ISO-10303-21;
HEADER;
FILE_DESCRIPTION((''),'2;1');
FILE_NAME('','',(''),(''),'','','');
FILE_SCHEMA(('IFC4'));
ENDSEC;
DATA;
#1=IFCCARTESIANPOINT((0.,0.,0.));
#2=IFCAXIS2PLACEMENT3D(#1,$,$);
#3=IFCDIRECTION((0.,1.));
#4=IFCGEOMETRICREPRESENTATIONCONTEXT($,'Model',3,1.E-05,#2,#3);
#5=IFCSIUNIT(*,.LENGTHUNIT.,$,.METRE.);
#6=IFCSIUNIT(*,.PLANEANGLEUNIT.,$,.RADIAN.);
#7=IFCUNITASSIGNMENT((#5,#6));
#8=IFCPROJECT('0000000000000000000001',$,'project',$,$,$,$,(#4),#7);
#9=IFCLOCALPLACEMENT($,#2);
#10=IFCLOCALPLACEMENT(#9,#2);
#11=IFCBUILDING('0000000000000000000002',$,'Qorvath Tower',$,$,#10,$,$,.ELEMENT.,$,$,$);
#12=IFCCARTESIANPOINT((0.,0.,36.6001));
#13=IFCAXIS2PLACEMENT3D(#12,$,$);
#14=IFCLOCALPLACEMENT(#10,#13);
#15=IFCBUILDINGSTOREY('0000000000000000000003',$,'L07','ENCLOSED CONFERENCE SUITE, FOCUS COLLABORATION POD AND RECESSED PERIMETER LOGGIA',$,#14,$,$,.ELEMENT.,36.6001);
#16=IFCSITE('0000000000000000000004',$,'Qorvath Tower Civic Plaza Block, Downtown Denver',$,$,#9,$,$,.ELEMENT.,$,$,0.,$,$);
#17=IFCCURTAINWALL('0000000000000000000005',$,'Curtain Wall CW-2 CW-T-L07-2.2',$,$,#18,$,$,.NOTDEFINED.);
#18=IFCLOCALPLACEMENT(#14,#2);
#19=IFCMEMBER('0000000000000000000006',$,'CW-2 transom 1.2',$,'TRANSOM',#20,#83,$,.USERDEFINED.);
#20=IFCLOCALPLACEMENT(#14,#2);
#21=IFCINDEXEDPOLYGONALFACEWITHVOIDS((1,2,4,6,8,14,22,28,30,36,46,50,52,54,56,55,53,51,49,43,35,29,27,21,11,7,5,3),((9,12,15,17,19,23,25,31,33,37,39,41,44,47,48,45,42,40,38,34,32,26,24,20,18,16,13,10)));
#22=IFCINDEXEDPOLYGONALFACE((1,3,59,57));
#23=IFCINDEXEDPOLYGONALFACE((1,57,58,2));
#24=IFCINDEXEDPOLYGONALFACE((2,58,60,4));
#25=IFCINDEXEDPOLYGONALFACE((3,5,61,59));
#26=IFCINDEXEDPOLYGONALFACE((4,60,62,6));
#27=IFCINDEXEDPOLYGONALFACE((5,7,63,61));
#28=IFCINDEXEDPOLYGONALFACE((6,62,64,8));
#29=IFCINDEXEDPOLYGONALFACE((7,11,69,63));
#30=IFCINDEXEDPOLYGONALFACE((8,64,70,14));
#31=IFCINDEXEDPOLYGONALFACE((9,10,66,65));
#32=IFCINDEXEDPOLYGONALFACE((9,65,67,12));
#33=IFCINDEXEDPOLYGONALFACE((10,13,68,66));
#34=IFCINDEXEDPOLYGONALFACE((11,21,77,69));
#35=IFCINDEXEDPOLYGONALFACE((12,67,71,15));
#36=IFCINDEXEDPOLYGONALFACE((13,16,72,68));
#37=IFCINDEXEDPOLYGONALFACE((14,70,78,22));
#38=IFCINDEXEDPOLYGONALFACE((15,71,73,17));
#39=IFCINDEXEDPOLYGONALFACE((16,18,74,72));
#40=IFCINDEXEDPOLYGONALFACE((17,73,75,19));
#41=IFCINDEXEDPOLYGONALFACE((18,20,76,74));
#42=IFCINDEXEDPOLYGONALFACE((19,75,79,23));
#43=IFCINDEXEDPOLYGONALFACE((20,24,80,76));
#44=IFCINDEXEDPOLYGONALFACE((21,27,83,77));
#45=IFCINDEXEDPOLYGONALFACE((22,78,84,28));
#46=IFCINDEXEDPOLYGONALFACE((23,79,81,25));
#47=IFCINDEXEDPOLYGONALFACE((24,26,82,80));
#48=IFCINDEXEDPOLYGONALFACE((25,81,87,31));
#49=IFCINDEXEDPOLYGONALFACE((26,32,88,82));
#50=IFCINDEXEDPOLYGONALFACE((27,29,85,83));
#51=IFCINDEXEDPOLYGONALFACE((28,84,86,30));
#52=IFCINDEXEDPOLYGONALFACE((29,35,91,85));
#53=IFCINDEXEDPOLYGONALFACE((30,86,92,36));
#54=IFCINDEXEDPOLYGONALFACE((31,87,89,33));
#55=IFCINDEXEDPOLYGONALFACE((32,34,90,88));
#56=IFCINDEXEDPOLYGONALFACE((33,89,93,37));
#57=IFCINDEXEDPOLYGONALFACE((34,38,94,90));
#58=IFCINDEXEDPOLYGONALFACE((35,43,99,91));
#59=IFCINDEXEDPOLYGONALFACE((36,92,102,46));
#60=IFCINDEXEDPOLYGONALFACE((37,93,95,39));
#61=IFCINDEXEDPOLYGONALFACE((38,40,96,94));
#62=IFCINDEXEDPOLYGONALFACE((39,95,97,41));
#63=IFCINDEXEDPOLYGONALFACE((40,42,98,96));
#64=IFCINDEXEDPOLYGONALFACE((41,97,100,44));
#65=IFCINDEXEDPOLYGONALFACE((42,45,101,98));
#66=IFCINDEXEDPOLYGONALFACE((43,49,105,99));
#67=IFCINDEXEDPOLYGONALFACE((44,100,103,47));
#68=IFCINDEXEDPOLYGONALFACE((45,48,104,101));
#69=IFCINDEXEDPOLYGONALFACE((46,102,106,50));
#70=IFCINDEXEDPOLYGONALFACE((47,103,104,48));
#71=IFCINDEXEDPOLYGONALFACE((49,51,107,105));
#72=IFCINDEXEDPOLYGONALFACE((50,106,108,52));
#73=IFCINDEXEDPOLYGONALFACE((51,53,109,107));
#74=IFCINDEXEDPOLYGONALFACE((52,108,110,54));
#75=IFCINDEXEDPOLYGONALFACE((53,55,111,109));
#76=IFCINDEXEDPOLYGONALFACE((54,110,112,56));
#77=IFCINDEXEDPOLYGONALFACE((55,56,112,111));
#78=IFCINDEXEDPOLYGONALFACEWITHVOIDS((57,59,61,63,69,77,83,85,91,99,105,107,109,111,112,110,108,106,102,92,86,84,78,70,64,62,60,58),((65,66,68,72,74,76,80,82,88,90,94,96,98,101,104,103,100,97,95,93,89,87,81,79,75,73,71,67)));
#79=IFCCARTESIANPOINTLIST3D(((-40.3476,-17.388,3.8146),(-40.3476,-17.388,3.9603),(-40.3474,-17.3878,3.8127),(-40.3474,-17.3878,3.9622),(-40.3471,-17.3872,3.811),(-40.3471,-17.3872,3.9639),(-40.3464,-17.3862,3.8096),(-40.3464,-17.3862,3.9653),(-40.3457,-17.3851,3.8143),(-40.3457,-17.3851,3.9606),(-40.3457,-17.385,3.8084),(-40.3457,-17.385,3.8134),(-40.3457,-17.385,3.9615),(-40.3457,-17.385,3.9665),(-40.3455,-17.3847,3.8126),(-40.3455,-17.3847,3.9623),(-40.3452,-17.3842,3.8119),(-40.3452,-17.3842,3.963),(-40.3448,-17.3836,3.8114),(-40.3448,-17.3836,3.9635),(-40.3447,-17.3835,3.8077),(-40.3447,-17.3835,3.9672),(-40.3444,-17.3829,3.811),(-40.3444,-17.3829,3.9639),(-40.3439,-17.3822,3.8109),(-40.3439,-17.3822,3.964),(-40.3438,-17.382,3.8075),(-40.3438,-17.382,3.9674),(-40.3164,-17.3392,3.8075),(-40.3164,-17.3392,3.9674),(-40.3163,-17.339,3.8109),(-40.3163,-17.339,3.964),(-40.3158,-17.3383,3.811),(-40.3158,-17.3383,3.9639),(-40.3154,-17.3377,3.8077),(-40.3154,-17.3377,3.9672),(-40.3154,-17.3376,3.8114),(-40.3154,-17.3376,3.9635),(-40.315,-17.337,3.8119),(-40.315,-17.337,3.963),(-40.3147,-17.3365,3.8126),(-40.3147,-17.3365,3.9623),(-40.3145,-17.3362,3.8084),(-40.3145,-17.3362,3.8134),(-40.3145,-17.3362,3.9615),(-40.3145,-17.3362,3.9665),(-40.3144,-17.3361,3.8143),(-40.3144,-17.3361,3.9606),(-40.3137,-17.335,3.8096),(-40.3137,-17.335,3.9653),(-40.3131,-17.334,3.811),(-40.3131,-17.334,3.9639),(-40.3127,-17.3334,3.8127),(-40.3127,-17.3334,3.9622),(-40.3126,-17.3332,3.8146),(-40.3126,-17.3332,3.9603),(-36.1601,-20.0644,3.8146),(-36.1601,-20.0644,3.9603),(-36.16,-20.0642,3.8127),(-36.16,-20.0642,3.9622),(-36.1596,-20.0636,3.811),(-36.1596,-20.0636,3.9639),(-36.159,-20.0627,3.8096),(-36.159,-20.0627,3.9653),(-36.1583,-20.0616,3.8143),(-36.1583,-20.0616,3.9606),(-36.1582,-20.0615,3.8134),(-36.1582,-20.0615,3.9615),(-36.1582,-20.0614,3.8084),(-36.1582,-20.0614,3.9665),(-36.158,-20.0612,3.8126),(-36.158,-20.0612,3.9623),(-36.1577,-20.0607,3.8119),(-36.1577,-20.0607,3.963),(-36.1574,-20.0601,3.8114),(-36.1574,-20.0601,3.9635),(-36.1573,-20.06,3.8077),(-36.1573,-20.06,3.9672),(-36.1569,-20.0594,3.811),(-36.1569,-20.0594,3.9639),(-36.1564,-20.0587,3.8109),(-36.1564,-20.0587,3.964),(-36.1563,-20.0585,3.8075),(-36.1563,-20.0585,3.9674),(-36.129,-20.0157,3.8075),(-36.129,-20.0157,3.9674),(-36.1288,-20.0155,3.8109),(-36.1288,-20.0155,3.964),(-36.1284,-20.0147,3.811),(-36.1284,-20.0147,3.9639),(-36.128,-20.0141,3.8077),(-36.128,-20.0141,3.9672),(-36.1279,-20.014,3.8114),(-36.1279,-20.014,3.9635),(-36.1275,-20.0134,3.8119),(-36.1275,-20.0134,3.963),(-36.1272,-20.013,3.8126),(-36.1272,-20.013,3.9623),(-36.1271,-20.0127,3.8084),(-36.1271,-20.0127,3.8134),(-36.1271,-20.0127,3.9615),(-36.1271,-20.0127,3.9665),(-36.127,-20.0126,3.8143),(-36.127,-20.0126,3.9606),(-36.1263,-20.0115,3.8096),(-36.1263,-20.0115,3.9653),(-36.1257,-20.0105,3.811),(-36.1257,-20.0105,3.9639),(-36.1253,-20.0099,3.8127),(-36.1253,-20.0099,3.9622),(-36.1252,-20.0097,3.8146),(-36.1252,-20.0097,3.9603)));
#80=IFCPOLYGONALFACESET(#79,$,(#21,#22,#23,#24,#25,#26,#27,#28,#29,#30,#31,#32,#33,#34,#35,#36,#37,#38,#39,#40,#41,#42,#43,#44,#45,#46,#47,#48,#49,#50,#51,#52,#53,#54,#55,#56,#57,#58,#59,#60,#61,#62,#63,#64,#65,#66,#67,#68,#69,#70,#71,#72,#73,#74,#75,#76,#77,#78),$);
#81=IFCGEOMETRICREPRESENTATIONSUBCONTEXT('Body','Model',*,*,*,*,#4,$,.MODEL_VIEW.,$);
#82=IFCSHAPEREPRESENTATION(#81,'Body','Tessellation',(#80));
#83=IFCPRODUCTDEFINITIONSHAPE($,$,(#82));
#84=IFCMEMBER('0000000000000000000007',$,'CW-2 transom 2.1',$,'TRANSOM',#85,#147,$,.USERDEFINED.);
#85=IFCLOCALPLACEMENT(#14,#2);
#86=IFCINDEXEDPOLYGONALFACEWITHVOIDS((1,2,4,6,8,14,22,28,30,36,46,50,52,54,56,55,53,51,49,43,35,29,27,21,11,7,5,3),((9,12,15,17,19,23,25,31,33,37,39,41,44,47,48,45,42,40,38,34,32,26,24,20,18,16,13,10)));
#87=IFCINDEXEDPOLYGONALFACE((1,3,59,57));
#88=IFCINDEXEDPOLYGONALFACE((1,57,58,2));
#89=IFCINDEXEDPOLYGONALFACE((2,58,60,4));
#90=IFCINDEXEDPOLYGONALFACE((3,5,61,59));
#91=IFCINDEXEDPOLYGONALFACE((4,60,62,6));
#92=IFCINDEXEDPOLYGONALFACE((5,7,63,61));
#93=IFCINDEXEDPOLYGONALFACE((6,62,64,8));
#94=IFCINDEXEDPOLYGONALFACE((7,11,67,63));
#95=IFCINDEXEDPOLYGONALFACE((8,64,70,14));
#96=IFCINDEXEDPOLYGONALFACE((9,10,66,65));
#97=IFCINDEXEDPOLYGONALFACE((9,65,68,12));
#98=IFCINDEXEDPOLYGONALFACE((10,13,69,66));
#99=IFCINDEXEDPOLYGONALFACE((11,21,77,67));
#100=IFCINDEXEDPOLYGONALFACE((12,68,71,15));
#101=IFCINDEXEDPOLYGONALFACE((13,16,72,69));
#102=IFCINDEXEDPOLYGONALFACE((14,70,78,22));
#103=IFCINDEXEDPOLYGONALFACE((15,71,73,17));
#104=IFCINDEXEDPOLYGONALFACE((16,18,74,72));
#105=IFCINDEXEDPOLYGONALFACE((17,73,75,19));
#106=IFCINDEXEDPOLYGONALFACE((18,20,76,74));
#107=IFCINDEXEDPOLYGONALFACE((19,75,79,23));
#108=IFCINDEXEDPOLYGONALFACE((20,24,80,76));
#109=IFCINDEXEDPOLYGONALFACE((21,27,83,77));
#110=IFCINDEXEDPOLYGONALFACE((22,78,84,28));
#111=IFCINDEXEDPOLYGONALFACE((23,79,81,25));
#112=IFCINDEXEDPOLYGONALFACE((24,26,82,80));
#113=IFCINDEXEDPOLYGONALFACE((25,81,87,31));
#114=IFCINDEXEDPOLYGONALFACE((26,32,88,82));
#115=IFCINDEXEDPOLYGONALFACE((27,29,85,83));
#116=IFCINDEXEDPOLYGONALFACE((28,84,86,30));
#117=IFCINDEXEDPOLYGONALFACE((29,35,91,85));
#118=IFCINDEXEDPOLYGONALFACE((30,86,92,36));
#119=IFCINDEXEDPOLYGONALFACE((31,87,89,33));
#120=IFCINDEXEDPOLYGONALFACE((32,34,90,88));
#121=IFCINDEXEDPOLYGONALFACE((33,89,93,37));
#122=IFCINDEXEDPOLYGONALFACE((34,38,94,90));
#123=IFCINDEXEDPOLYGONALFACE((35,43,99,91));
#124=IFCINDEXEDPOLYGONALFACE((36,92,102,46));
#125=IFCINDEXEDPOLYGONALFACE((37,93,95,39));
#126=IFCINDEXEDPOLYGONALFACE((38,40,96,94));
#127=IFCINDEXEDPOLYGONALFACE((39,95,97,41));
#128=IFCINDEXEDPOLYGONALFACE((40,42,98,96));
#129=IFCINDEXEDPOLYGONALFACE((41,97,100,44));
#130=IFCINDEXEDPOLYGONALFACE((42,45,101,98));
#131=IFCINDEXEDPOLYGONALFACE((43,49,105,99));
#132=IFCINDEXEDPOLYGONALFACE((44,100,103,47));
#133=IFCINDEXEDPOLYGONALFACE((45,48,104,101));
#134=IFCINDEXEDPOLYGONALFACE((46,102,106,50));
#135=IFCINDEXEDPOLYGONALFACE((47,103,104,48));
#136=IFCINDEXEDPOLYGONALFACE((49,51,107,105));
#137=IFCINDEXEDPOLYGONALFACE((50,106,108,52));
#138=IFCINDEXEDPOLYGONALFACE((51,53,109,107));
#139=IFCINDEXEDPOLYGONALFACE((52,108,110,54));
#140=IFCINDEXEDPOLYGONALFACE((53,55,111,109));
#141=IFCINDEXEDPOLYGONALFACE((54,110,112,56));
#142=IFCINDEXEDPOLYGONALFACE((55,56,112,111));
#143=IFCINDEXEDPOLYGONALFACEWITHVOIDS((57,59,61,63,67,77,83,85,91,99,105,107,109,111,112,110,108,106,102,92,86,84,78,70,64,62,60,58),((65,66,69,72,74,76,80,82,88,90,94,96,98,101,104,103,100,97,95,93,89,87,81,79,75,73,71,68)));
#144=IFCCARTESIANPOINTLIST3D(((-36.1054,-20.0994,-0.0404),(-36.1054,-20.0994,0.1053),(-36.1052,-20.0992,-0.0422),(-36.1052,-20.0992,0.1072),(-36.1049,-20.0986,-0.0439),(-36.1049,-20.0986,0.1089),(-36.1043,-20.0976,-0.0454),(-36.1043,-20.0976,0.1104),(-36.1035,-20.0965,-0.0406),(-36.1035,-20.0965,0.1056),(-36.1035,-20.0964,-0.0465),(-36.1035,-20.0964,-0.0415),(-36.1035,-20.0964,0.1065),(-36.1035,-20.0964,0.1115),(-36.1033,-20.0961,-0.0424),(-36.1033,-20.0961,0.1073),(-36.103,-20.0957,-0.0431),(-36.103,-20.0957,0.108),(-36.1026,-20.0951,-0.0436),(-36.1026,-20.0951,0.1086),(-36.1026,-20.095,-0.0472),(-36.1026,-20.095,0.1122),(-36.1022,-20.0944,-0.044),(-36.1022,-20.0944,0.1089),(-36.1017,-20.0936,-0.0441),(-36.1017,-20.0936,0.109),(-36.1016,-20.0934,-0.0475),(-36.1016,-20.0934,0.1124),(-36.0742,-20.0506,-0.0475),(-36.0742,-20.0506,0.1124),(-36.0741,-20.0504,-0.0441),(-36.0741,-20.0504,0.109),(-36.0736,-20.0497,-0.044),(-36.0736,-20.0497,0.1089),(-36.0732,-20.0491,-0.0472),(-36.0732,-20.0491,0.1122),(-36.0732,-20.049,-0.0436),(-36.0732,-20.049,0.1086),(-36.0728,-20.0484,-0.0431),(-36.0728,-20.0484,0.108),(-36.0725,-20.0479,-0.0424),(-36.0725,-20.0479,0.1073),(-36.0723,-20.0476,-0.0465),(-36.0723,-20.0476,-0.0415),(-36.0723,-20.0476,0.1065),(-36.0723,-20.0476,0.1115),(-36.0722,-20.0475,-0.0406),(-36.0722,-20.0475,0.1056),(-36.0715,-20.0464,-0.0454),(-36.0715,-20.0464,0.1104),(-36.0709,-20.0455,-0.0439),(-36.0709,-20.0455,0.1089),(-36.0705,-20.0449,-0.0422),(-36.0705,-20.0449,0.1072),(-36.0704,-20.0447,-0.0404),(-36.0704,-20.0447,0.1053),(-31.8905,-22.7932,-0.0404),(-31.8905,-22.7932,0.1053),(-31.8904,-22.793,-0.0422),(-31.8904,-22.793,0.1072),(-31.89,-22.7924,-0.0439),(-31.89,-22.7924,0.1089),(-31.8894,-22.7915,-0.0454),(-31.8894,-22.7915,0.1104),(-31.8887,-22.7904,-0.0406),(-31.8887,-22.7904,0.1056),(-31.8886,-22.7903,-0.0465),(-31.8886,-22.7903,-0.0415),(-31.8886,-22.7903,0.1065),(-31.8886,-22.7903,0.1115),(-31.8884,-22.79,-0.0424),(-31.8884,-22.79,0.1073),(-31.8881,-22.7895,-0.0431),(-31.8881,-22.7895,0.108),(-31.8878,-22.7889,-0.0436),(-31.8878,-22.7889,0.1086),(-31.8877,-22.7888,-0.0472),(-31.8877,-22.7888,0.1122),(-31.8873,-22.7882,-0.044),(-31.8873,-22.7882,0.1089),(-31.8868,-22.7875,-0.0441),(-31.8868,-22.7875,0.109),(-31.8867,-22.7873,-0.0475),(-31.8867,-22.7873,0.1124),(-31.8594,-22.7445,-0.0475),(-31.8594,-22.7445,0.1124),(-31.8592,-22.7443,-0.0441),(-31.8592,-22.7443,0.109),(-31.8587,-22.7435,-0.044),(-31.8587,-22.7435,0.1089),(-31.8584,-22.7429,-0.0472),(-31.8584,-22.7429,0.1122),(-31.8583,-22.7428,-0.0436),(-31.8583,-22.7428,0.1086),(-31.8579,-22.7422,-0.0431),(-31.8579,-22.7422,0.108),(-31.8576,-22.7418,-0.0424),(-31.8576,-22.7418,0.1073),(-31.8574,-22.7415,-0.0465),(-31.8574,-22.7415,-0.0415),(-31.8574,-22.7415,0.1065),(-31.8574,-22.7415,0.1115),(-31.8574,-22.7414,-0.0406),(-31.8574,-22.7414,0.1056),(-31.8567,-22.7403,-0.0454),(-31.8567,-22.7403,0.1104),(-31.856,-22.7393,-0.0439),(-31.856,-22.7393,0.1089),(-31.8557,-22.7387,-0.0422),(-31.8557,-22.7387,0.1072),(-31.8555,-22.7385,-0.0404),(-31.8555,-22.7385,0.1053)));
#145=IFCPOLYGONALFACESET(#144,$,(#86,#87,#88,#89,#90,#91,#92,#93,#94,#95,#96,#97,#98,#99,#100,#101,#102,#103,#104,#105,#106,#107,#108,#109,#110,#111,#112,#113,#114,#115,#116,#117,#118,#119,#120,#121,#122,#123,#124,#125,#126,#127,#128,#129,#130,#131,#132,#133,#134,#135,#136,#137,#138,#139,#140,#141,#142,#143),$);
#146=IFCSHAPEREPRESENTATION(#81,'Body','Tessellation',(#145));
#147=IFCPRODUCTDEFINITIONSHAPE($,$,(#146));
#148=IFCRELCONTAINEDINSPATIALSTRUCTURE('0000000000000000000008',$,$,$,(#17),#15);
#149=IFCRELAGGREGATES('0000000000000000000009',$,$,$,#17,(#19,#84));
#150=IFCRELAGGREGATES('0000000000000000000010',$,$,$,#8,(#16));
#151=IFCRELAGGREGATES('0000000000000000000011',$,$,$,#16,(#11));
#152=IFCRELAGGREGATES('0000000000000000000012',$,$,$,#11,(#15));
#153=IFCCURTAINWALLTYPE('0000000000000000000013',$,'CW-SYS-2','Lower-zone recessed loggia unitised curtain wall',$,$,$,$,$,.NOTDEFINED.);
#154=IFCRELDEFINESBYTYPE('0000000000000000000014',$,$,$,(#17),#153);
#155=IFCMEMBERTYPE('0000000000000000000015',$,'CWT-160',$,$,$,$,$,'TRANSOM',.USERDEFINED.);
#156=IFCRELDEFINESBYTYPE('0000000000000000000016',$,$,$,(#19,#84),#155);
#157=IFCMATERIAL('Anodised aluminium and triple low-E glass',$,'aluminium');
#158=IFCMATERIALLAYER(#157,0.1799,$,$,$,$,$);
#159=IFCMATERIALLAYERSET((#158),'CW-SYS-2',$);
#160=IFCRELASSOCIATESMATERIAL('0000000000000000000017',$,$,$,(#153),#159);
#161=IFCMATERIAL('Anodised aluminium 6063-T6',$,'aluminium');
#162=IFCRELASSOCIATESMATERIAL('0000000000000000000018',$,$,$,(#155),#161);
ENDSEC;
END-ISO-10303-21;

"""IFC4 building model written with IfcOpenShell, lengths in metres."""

from ifc_helpers import new_model, si_unit, direction, frame, origin, origin_2d, place, context, subcontext, project, spatial, hollow_rectangle, extrude, material, layer, layer_set, material_profile, profile_set, type_object, element, aggregate, save


model = new_model("IFC4")

# Units and contexts
model_context = context("Model", 3, precision=1e-05, world=origin(), true_north=direction((0.0, 1.0)))
body_context = subcontext(model_context, "Body", "Model", "MODEL_VIEW")
ifc_project = project(units=[si_unit("LENGTHUNIT", "METRE"), si_unit("PLANEANGLEUNIT", "RADIAN")], contexts=[model_context])

# Site, building, storey
site_placement = place(None, origin())
site = spatial("IfcSite", under=ifc_project, at=site_placement, Name="Qorvath Tower Civic Plaza Block, Downtown Denver", CompositionType="ELEMENT", RefElevation=0.0)
building_placement = place(site_placement, origin())
building = spatial("IfcBuilding", under=site, at=building_placement, Name="Qorvath Tower", CompositionType="ELEMENT")
storey_placement = place(building_placement, frame((0.0, 0.0, 36.6001)))
storey = spatial("IfcBuildingStorey", under=building, at=storey_placement, Name="L07", Description="ENCLOSED CONFERENCE SUITE, FOCUS COLLABORATION POD AND RECESSED PERIMETER LOGGIA", CompositionType="ELEMENT", Elevation=36.6001)

# Shared definitions
ifc_material_1 = material(Name="Anodised aluminium and triple low-E glass", Category="aluminium")
ifc_layer_1 = layer(ifc_material_1, 0.1799)
ifc_layer_set_1 = layer_set([ifc_layer_1], Name="CW-SYS-2")
curtain_wall_type = type_object("IfcCurtainWallType", Name="CW-SYS-2", Description="Lower-zone recessed loggia unitised curtain wall", PredefinedType="NOTDEFINED", material=ifc_layer_set_1)

# Curtain wall, members
curtain_wall_1_placement = place(storey_placement, origin())
curtain_wall_1 = element("IfcCurtainWall", 1, at=curtain_wall_1_placement, inside=storey, type_object=curtain_wall_type, Name="Curtain Wall CW-2 CW-T-L07-2.2", PredefinedType="NOTDEFINED")
ifc_material_2 = material(Name="Anodised aluminium 6063-T6", Category="aluminium")
ifc_material_profile_1 = material_profile(ifc_material_2, hollow_rectangle(XDim=0.0649, YDim=0.1599, WallThickness=0.0034, InnerFilletRadius=0.0034, OuterFilletRadius=0.0071, at=origin_2d()), Name="CWT 160x65")
ifc_profile_set_1 = profile_set([ifc_material_profile_1], Name="Anodised aluminium 6063-T6")
member_type_1 = type_object("IfcMemberType", Name="CWT-160", ElementType="TRANSOM", PredefinedType="USERDEFINED", material=ifc_profile_set_1)
member_1_placement = place(storey_placement, frame((-40.3301, -17.3606, 3.8875), z_axis=(0.84259, -0.538556, 0.0), x_axis=(0.538556, 0.84259, 0.0)))
member_1 = element("IfcMember", 2, at=member_1_placement, type_object=member_type_1, Name="CW-2 transom 1.2", ObjectType="TRANSOM", PredefinedType="USERDEFINED", context=body_context, shape_type="SweptSolid", body=[
    extrude(hollow_rectangle(XDim=0.0649, YDim=0.1599, WallThickness=0.0034, InnerFilletRadius=0.0034, OuterFilletRadius=0.0071, at=origin_2d()), origin(), (0.0, 0.0, 1.0), 4.9697),
])
member_2_placement = place(storey_placement, frame((-36.0879, -20.072, 0.0325), z_axis=(0.842603, -0.538536, 0.0), x_axis=(0.538536, 0.842603, 0.0)))
member_2 = element("IfcMember", 3, at=member_2_placement, type_object=member_type_1, Name="CW-2 transom 2.1", ObjectType="TRANSOM", PredefinedType="USERDEFINED", context=body_context, shape_type="SweptSolid", body=[
    extrude(hollow_rectangle(XDim=0.0649, YDim=0.1599, WallThickness=0.0034, InnerFilletRadius=0.0034, OuterFilletRadius=0.0071, at=origin_2d()), origin(), (0.0, 0.0, 1.0), 5.0022),
])
aggregate(curtain_wall_1, [member_1, member_2])

save(model, "model.ifc")
